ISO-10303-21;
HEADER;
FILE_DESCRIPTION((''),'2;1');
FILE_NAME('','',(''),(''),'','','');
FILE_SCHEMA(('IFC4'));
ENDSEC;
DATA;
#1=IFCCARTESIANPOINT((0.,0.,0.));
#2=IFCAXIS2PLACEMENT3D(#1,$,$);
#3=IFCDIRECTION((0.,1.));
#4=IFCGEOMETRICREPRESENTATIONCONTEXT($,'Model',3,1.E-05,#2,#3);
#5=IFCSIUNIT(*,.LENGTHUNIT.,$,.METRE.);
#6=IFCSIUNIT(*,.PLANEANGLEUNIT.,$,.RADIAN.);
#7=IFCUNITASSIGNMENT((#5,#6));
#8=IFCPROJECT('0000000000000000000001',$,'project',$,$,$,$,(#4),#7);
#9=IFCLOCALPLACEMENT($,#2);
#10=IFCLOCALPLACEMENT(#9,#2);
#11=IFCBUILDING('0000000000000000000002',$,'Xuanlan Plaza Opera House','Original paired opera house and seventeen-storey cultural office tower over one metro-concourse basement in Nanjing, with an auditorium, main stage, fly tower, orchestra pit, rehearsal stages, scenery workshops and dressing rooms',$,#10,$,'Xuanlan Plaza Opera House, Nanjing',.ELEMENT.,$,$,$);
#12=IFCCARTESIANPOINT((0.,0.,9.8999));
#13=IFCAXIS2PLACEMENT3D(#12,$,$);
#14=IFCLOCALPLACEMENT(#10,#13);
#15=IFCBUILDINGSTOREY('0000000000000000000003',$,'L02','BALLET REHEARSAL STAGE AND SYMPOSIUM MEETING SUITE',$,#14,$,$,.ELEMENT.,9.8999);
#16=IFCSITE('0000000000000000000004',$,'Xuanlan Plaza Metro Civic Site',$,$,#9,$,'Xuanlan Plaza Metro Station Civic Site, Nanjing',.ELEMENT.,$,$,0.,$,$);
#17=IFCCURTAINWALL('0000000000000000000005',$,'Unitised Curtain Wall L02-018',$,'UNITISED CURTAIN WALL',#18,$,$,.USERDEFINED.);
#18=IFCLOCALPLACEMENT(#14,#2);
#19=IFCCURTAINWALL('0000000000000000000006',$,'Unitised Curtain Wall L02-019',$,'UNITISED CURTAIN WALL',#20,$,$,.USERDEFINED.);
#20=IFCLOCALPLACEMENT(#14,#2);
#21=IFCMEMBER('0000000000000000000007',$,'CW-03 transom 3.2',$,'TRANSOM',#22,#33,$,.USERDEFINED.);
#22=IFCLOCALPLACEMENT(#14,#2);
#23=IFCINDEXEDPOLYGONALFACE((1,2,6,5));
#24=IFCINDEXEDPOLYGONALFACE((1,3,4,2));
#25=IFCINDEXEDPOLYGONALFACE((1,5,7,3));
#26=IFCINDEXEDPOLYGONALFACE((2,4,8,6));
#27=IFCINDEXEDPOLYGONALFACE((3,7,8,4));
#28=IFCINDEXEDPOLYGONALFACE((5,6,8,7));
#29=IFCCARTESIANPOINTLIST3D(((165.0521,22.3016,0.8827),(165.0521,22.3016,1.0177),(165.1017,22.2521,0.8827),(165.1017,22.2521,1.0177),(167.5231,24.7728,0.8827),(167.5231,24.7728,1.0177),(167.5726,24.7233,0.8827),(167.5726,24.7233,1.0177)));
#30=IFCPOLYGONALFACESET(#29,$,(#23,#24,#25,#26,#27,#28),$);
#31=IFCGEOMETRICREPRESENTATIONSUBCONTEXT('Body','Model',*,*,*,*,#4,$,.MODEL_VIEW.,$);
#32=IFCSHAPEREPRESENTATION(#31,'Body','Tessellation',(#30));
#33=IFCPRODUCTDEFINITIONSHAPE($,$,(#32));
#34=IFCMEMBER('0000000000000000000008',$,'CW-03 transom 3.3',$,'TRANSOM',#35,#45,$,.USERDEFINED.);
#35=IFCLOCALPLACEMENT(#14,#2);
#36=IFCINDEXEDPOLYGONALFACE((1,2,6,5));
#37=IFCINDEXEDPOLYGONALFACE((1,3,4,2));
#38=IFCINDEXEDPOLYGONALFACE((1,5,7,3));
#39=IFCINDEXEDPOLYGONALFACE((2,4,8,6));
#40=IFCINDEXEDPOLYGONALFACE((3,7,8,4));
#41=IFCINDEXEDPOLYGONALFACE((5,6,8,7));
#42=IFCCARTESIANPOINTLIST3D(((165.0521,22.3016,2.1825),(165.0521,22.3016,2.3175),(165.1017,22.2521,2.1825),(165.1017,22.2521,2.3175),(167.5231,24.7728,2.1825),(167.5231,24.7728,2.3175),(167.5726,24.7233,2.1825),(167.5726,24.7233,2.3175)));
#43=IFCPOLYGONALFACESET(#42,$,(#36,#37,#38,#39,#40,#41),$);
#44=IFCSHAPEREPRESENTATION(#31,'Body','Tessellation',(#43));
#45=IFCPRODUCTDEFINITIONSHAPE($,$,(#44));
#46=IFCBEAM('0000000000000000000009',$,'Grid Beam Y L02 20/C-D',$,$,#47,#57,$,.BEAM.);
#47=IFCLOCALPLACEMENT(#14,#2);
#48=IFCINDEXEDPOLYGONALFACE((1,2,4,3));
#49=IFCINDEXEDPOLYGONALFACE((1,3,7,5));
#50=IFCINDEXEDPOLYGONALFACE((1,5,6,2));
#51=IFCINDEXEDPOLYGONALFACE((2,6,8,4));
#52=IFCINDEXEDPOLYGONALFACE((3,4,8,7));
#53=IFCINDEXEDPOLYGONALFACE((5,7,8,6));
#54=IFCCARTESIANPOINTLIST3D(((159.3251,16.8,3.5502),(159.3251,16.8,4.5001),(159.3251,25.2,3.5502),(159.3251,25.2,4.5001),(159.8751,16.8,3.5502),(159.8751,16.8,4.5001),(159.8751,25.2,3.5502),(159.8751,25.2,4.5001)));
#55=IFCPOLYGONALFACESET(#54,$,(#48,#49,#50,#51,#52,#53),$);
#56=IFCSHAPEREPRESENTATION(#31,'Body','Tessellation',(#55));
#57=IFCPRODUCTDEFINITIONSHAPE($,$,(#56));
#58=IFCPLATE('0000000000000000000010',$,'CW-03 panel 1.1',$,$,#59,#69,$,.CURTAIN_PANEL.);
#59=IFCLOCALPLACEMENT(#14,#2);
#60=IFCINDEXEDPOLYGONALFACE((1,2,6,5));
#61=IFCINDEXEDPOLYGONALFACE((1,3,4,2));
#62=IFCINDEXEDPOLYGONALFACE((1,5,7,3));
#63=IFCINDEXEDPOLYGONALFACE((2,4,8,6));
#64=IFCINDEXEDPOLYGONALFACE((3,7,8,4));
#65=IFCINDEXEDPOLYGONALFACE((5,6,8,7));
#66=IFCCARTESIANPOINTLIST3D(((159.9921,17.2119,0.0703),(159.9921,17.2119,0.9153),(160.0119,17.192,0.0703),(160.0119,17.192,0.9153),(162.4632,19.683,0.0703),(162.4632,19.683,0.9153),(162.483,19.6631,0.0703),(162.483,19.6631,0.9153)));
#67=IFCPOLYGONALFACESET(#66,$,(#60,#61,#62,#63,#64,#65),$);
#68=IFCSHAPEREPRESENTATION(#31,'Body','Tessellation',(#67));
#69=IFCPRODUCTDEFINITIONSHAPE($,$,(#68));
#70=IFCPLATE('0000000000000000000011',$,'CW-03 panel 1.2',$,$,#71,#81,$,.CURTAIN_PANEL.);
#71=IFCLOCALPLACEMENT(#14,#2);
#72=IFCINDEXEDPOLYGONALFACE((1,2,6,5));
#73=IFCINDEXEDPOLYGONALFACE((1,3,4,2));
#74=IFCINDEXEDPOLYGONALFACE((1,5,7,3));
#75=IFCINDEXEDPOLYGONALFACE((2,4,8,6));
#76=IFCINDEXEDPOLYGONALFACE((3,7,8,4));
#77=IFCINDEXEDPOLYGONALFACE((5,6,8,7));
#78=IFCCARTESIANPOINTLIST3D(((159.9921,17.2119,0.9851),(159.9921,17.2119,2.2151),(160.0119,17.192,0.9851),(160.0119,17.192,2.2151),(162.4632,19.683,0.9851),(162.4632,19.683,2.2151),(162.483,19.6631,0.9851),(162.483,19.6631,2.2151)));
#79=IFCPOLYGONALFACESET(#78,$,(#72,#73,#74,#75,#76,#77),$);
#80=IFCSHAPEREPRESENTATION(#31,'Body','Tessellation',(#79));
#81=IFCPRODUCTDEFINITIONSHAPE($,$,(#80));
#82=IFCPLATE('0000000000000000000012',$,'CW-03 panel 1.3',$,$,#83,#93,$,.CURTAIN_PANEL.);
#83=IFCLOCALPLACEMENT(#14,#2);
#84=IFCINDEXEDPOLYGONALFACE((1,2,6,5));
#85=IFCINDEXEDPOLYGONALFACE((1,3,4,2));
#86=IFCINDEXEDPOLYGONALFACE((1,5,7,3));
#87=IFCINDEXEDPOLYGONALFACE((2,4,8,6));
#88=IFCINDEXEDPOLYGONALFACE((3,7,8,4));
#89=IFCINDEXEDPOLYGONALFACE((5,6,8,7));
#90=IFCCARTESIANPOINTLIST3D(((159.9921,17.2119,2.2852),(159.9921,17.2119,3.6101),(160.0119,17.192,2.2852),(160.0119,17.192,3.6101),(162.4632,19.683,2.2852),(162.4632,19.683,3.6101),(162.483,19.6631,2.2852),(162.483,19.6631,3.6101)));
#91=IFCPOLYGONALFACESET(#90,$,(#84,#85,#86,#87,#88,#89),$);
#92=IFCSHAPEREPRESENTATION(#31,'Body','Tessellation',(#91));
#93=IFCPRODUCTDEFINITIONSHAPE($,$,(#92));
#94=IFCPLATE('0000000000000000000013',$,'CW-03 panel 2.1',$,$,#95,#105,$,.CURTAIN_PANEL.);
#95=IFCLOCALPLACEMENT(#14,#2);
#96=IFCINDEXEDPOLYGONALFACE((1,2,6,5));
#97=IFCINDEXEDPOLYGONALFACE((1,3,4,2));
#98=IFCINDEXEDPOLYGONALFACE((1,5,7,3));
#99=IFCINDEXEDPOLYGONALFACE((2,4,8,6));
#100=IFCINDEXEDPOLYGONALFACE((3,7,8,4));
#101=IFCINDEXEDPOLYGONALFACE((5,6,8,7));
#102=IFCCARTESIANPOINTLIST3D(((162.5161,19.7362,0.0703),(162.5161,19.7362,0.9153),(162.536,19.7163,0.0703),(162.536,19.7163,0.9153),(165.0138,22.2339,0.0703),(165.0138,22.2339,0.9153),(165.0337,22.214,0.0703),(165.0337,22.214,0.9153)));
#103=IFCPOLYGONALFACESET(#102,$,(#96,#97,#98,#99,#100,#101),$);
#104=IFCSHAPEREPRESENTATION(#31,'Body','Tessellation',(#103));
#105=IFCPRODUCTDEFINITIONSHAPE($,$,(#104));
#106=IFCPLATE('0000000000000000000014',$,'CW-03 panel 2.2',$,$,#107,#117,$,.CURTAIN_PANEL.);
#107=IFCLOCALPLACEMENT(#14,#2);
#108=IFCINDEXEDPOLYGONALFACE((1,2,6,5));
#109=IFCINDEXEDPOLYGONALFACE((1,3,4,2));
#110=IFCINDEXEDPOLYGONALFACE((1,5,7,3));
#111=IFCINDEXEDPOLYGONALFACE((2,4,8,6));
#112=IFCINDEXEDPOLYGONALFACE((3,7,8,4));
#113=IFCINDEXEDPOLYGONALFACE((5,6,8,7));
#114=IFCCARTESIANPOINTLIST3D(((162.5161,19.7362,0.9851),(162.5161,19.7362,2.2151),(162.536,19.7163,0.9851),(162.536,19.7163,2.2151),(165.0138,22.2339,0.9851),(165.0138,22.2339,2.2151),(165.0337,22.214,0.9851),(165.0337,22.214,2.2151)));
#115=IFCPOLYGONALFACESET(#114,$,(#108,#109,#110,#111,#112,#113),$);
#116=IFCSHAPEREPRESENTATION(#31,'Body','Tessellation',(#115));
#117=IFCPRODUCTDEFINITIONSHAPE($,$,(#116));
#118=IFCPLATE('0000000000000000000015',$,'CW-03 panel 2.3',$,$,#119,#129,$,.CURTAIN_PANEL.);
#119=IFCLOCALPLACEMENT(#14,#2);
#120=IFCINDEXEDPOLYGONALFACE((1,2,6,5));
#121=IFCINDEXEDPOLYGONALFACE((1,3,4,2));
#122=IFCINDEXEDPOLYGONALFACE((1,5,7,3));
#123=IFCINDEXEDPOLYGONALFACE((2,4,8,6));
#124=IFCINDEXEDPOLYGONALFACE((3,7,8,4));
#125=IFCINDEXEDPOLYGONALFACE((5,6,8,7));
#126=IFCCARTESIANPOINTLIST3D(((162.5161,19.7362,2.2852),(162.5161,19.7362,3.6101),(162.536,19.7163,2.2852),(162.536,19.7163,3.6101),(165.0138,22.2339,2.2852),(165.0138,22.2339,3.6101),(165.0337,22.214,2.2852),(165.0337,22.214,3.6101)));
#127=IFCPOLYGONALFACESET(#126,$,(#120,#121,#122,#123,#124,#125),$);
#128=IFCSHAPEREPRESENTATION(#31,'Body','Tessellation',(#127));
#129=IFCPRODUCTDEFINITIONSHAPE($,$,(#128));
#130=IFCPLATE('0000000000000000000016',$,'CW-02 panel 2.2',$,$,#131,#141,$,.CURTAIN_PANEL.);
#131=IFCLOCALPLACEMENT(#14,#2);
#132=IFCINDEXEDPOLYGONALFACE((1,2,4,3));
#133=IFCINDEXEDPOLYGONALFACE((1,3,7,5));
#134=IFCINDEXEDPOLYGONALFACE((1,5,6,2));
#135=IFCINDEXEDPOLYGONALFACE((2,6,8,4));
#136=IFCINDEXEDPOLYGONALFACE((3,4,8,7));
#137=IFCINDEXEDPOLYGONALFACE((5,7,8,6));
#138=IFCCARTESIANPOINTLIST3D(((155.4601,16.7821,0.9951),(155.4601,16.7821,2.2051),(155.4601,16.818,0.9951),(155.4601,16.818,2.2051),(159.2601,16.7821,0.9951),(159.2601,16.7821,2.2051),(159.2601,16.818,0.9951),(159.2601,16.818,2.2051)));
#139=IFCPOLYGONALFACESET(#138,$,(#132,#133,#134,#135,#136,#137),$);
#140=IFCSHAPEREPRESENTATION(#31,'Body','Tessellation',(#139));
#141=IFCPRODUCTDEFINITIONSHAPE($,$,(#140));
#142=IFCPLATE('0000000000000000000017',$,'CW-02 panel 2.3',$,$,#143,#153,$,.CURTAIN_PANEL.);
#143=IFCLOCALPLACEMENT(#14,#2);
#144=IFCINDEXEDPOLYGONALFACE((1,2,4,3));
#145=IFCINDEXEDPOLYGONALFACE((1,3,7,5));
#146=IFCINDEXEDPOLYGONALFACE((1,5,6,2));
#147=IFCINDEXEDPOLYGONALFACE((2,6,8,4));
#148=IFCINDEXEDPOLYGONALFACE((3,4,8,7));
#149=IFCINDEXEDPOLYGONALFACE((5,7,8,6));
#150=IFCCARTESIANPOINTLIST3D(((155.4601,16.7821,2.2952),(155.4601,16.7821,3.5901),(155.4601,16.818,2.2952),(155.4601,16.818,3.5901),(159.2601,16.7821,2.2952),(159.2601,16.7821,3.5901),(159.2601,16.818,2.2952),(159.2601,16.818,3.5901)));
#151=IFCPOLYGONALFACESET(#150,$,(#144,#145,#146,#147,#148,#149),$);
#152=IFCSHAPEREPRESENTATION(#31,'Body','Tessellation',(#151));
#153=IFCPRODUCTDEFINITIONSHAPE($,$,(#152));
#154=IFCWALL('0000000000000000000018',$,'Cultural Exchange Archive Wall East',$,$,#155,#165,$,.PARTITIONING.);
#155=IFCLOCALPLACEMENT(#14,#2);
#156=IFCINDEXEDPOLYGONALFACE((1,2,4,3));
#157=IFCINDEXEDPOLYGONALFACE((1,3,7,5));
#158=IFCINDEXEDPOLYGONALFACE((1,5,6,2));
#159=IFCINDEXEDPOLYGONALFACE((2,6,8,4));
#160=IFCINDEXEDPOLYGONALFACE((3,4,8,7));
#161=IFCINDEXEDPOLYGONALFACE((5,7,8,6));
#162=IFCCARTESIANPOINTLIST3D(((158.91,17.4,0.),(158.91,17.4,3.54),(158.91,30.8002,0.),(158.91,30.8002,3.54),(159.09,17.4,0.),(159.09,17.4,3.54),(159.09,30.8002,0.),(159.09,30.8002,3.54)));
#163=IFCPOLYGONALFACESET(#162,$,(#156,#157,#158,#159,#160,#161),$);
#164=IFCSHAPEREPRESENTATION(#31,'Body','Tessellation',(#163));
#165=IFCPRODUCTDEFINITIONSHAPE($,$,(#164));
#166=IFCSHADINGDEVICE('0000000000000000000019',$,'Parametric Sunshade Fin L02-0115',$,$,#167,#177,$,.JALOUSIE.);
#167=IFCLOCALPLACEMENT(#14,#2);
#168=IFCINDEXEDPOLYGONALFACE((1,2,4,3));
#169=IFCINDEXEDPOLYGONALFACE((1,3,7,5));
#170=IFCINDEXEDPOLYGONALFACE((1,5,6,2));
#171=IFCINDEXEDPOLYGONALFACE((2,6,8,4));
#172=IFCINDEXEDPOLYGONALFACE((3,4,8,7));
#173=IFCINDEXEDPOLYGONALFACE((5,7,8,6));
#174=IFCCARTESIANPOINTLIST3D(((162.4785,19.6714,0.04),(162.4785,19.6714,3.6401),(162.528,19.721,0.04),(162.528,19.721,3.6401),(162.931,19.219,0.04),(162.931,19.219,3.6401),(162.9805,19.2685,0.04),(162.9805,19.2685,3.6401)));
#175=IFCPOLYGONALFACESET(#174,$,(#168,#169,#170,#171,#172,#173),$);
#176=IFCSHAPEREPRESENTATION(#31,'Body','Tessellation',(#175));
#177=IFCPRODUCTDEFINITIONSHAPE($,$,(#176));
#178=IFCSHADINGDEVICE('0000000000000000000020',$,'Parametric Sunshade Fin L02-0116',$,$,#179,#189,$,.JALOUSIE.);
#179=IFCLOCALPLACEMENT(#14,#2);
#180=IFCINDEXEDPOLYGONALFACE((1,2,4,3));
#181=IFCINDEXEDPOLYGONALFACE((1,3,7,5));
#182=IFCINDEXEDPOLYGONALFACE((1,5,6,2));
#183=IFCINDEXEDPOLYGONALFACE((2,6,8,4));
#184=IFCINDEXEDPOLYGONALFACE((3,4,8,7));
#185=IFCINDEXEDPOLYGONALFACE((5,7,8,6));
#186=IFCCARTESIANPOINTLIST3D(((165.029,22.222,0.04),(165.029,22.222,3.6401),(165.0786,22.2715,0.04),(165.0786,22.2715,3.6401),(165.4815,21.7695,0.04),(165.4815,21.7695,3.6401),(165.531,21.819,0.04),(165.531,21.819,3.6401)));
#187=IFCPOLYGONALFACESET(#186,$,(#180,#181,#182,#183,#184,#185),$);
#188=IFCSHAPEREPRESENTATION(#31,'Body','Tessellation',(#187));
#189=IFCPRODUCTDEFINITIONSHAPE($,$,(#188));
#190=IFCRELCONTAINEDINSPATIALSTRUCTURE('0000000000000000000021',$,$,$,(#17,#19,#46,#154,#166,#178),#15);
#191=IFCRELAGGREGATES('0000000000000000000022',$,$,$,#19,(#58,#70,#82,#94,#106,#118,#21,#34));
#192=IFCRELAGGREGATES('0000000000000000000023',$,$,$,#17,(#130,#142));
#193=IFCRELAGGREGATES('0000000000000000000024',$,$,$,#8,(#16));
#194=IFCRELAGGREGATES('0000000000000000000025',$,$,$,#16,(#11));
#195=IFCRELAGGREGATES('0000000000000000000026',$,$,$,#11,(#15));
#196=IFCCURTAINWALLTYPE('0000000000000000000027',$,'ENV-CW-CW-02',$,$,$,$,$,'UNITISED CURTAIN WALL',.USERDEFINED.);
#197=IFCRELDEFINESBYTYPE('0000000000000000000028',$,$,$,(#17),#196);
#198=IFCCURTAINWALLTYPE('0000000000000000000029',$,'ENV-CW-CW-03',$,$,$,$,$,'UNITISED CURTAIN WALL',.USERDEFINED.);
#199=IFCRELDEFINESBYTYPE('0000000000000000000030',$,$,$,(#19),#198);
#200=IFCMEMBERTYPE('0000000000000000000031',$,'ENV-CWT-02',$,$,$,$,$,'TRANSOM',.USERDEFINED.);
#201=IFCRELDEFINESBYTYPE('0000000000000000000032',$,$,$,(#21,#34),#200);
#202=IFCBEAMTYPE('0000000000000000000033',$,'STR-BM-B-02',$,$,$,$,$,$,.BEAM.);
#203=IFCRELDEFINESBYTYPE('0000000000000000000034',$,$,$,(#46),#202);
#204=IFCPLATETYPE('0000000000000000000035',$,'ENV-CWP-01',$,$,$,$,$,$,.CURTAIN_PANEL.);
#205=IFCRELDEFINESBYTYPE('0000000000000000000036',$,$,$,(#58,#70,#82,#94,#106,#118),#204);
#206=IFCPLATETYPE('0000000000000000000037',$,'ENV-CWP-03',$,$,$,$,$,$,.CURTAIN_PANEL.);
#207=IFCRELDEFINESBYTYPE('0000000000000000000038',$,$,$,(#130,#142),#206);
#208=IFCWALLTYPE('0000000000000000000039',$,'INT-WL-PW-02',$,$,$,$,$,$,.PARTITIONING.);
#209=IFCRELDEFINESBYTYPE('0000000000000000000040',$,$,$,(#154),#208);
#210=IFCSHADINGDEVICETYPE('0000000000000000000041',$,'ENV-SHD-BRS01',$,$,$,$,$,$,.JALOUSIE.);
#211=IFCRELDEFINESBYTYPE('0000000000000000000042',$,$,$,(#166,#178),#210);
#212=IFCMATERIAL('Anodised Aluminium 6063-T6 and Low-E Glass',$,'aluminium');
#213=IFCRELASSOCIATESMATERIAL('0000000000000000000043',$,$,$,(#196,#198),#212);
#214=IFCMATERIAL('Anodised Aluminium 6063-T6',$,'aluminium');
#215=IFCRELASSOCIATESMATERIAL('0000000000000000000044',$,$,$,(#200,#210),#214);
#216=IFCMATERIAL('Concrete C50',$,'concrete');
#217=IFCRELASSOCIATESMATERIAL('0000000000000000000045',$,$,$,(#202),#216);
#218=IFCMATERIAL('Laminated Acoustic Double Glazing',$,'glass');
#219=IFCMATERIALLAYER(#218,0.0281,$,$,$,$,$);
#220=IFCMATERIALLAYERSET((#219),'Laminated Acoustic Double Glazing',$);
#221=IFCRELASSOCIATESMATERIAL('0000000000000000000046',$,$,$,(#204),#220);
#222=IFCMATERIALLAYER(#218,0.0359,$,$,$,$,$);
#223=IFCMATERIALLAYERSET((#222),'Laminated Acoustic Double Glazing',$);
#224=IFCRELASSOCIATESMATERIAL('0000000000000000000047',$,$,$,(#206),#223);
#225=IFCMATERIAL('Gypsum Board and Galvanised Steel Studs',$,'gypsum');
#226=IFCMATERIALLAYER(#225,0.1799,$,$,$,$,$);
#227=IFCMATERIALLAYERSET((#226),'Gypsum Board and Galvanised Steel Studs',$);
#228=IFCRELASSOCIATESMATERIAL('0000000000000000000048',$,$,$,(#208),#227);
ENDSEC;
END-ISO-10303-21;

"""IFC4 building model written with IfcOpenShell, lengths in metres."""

from ifc_helpers import new_model, si_unit, direction, frame, frame_2d, origin, origin_2d, place, context, subcontext, project, spatial, rectangle, extrude, material, layer, layer_set, material_profile, profile_set, type_object, element, aggregate, save


model = new_model("IFC4")

# Units and contexts
model_context = context("Model", 3, precision=1e-05, world=origin(), true_north=direction((0.0, 1.0)))
body_context = subcontext(model_context, "Body", "Model", "MODEL_VIEW")
ifc_project = project(units=[si_unit("LENGTHUNIT", "METRE"), si_unit("PLANEANGLEUNIT", "RADIAN")], contexts=[model_context])

# Site, building, storey
site_placement = place(None, origin())
site = spatial("IfcSite", under=ifc_project, at=site_placement, Name="Xuanlan Plaza Metro Civic Site", LongName="Xuanlan Plaza Metro Station Civic Site, Nanjing", CompositionType="ELEMENT", RefElevation=0.0)
building_placement = place(site_placement, origin())
building = spatial("IfcBuilding", under=site, at=building_placement, Name="Xuanlan Plaza Opera House", Description="Original paired opera house and seventeen-storey cultural office tower over one metro-concourse basement in Nanjing, with an auditorium, main stage, fly tower, orchestra pit, rehearsal stages, scenery workshops and dressing rooms", LongName="Xuanlan Plaza Opera House, Nanjing", CompositionType="ELEMENT")
storey_placement = place(building_placement, frame((0.0, 0.0, 9.8999)))
storey = spatial("IfcBuildingStorey", under=building, at=storey_placement, Name="L02", Description="BALLET REHEARSAL STAGE AND SYMPOSIUM MEETING SUITE", CompositionType="ELEMENT", Elevation=9.8999)

# Curtain wall
ifc_material_1 = material(Name="Anodised Aluminium 6063-T6 and Low-E Glass", Category="aluminium")
curtain_wall_type_1 = type_object("IfcCurtainWallType", Name="ENV-CW-CW-02", ElementType="UNITISED CURTAIN WALL", PredefinedType="USERDEFINED", material=ifc_material_1)
curtain_wall_1_placement = place(storey_placement, origin())
curtain_wall_1 = element("IfcCurtainWall", 1, at=curtain_wall_1_placement, inside=storey, type_object=curtain_wall_type_1, Name="Unitised Curtain Wall L02-018", ObjectType="UNITISED CURTAIN WALL", PredefinedType="USERDEFINED")
ifc_material_2 = material(Name="Anodised Aluminium 6063-T6", Category="aluminium")

# Curtain wall, members
curtain_wall_type_2 = type_object("IfcCurtainWallType", Name="ENV-CW-CW-03", ElementType="UNITISED CURTAIN WALL", PredefinedType="USERDEFINED", material=ifc_material_1)
curtain_wall_2_placement = place(storey_placement, origin())
curtain_wall_2 = element("IfcCurtainWall", 2, at=curtain_wall_2_placement, inside=storey, type_object=curtain_wall_type_2, Name="Unitised Curtain Wall L02-019", ObjectType="UNITISED CURTAIN WALL", PredefinedType="USERDEFINED")
ifc_material_profile_1 = material_profile(ifc_material_2, rectangle(XDim=0.0701, YDim=0.135, at=origin_2d()), Name="ALU-T 70x135")
ifc_profile_set_1 = profile_set([ifc_material_profile_1], Name="Anodised Aluminium 6063-T6")
member_type_1 = type_object("IfcMemberType", Name="ENV-CWT-02", ElementType="TRANSOM", PredefinedType="USERDEFINED", material=ifc_profile_set_1)
member_1_placement = place(storey_placement, frame((165.0769, 22.2769, 0.9502), z_axis=(0.707072, 0.707142, 0.0), x_axis=(-0.707142, 0.707072, 0.0)))
member_1 = element("IfcMember", 3, at=member_1_placement, type_object=member_type_1, Name="CW-03 transom 3.2", ObjectType="TRANSOM", PredefinedType="USERDEFINED", context=body_context, shape_type="SweptSolid", body=[
    extrude(rectangle(XDim=0.0701, YDim=0.135, at=origin_2d()), origin(), (0.0, 0.0, 1.0), 3.4946),
])
member_2_placement = place(storey_placement, frame((165.0769, 22.2769, 2.25), z_axis=(0.707072, 0.707142, 0.0), x_axis=(-0.707142, 0.707072, 0.0)))
member_2 = element("IfcMember", 4, at=member_2_placement, type_object=member_type_1, Name="CW-03 transom 3.3", ObjectType="TRANSOM", PredefinedType="USERDEFINED", context=body_context, shape_type="SweptSolid", body=[
    extrude(rectangle(XDim=0.0701, YDim=0.135, at=origin_2d()), origin(), (0.0, 0.0, 1.0), 3.4946),
])

# Beam
ifc_material_3 = material(Name="Concrete C50", Category="concrete")
ifc_material_profile_2 = material_profile(ifc_material_3, rectangle(XDim=0.55, YDim=0.95, at=origin_2d()), Name="RC-BM 550x950")
ifc_profile_set_2 = profile_set([ifc_material_profile_2], Name="Concrete C50")
beam_type = type_object("IfcBeamType", Name="STR-BM-B-02", PredefinedType="BEAM", material=ifc_profile_set_2)
beam_placement = place(storey_placement, frame((159.6001, 16.8, 4.0251), z_axis=(0.0, 1.0, 0.0), x_axis=(-1.0, 0.0, 0.0)))
element("IfcBeam", 5, at=beam_placement, inside=storey, type_object=beam_type, Name="Grid Beam Y L02 20/C-D", PredefinedType="BEAM", context=body_context, shape_type="SweptSolid", body=[
    extrude(rectangle(XDim=0.55, YDim=0.95, at=origin_2d()), origin(), (0.0, 0.0, 1.0), 8.3999),
])

# Plates
ifc_material_4 = material(Name="Laminated Acoustic Double Glazing", Category="glass")
ifc_layer_1 = layer(ifc_material_4, 0.0281)
ifc_layer_set_1 = layer_set([ifc_layer_1], Name="Laminated Acoustic Double Glazing")
plate_type_1 = type_object("IfcPlateType", Name="ENV-CWP-01", PredefinedType="CURTAIN_PANEL", material=ifc_layer_set_1)
plate_1_placement = place(storey_placement, frame((161.2375, 18.4375, 0.0703), z_axis=(0.0, 0.0, 1.0), x_axis=(0.707107, 0.707107, 0.0)))
plate_1 = element("IfcPlate", 6, at=plate_1_placement, type_object=plate_type_1, Name="CW-03 panel 1.1", PredefinedType="CURTAIN_PANEL", context=body_context, shape_type="SweptSolid", body=[
    extrude(rectangle(XDim=3.4946, YDim=0.0281, at=origin_2d()), origin(), (0.0, 0.0, 1.0), 0.845),
])
plate_2_placement = place(storey_placement, frame((161.2375, 18.4375, 0.9851), z_axis=(0.0, 0.0, 1.0), x_axis=(0.707107, 0.707107, 0.0)))
plate_2 = element("IfcPlate", 7, at=plate_2_placement, type_object=plate_type_1, Name="CW-03 panel 1.2", PredefinedType="CURTAIN_PANEL", context=body_context, shape_type="SweptSolid", body=[
    extrude(rectangle(XDim=3.4946, YDim=0.0281, at=origin_2d()), origin(), (0.0, 0.0, 1.0), 1.23),
])
plate_3_placement = place(storey_placement, frame((161.2375, 18.4375, 2.2852), z_axis=(0.0, 0.0, 1.0), x_axis=(0.707107, 0.707107, 0.0)))
plate_3 = element("IfcPlate", 8, at=plate_3_placement, type_object=plate_type_1, Name="CW-03 panel 1.3", PredefinedType="CURTAIN_PANEL", context=body_context, shape_type="SweptSolid", body=[
    extrude(rectangle(XDim=3.4946, YDim=0.0281, at=origin_2d()), origin(), (0.0, 0.0, 1.0), 1.325),
])
plate_4_placement = place(storey_placement, frame((163.7749, 20.9751, 0.0703), z_axis=(0.0, 0.0, 1.0), x_axis=(0.707107, 0.707107, 0.0)))
plate_4 = element("IfcPlate", 9, at=plate_4_placement, type_object=plate_type_1, Name="CW-03 panel 2.1", PredefinedType="CURTAIN_PANEL", context=body_context, shape_type="SweptSolid", body=[
    extrude(rectangle(XDim=3.5322, YDim=0.0281, at=origin_2d()), origin(), (0.0, 0.0, 1.0), 0.845),
])
plate_5_placement = place(storey_placement, frame((163.7749, 20.9751, 0.9851), z_axis=(0.0, 0.0, 1.0), x_axis=(0.707107, 0.707107, 0.0)))
plate_5 = element("IfcPlate", 10, at=plate_5_placement, type_object=plate_type_1, Name="CW-03 panel 2.2", PredefinedType="CURTAIN_PANEL", context=body_context, shape_type="SweptSolid", body=[
    extrude(rectangle(XDim=3.5322, YDim=0.0281, at=origin_2d()), origin(), (0.0, 0.0, 1.0), 1.23),
])
plate_6_placement = place(storey_placement, frame((163.7749, 20.9751, 2.2852), z_axis=(0.0, 0.0, 1.0), x_axis=(0.707107, 0.707107, 0.0)))
plate_6 = element("IfcPlate", 11, at=plate_6_placement, type_object=plate_type_1, Name="CW-03 panel 2.3", PredefinedType="CURTAIN_PANEL", context=body_context, shape_type="SweptSolid", body=[
    extrude(rectangle(XDim=3.5322, YDim=0.0281, at=origin_2d()), origin(), (0.0, 0.0, 1.0), 1.325),
])
aggregate(curtain_wall_2, [plate_1, plate_2, plate_3, plate_4, plate_5, plate_6, member_1, member_2])
ifc_layer_2 = layer(ifc_material_4, 0.0359)
ifc_layer_set_2 = layer_set([ifc_layer_2], Name="Laminated Acoustic Double Glazing")
plate_type_2 = type_object("IfcPlateType", Name="ENV-CWP-03", PredefinedType="CURTAIN_PANEL", material=ifc_layer_set_2)
plate_7_placement = place(storey_placement, frame((157.3601, 16.8, 0.9951), z_axis=(0.0, 0.0, 1.0), x_axis=(1.0, 0.0, 0.0)))
plate_7 = element("IfcPlate", 12, at=plate_7_placement, type_object=plate_type_2, Name="CW-02 panel 2.2", PredefinedType="CURTAIN_PANEL", context=body_context, shape_type="SweptSolid", body=[
    extrude(rectangle(XDim=3.8, YDim=0.0359, at=origin_2d()), origin(), (0.0, 0.0, 1.0), 1.21),
])
plate_8_placement = place(storey_placement, frame((157.3601, 16.8, 2.2952), z_axis=(0.0, 0.0, 1.0), x_axis=(1.0, 0.0, 0.0)))
plate_8 = element("IfcPlate", 13, at=plate_8_placement, type_object=plate_type_2, Name="CW-02 panel 2.3", PredefinedType="CURTAIN_PANEL", context=body_context, shape_type="SweptSolid", body=[
    extrude(rectangle(XDim=3.8, YDim=0.0359, at=origin_2d()), origin(), (0.0, 0.0, 1.0), 1.2949),
])
aggregate(curtain_wall_1, [plate_7, plate_8])

# Wall
ifc_material_5 = material(Name="Gypsum Board and Galvanised Steel Studs", Category="gypsum")
ifc_layer_3 = layer(ifc_material_5, 0.1799)
ifc_layer_set_3 = layer_set([ifc_layer_3], Name="Gypsum Board and Galvanised Steel Studs")
wall_type = type_object("IfcWallType", Name="INT-WL-PW-02", PredefinedType="PARTITIONING", material=ifc_layer_set_3)
wall_placement = place(storey_placement, frame((159.0, 17.3999, 0.0), z_axis=(0.0, 0.0, 1.0), x_axis=(0.0, 1.0, 0.0)))
element("IfcWall", 14, at=wall_placement, inside=storey, type_object=wall_type, Name="Cultural Exchange Archive Wall East", PredefinedType="PARTITIONING", context=body_context, shape_type="SweptSolid", body=[
    extrude(rectangle(XDim=13.4001, YDim=0.1799, at=frame_2d((6.7002, 0.0))), origin(), (0.0, 0.0, 1.0), 3.54),
])

# Shading devices
shading_device_type = type_object("IfcShadingDeviceType", Name="ENV-SHD-BRS01", PredefinedType="JALOUSIE", material=ifc_material_2)
for number, where, z_axis, x_axis, name in (
    (15, (162.7295, 19.47, 0.04), (0.0, 0.0, 1.0), (0.707107, -0.707107, 0.0), "Parametric Sunshade Fin L02-0115"),
    (16, (165.28, 22.0205, 0.04), (0.0, 0.0, 1.0), (0.707107, -0.707107, 0.0), "Parametric Sunshade Fin L02-0116"),
):
    element("IfcShadingDevice", number, at=place(storey_placement, frame(where, z_axis=z_axis, x_axis=x_axis)), inside=storey, type_object=shading_device_type, Name=name, PredefinedType="JALOUSIE", context=body_context, shape_type="SweptSolid", body=[
        extrude(rectangle(XDim=0.6399, YDim=0.0701, at=origin_2d()), origin(), (0.0, 0.0, 1.0), 3.6001),
    ])

save(model, "model.ifc")
